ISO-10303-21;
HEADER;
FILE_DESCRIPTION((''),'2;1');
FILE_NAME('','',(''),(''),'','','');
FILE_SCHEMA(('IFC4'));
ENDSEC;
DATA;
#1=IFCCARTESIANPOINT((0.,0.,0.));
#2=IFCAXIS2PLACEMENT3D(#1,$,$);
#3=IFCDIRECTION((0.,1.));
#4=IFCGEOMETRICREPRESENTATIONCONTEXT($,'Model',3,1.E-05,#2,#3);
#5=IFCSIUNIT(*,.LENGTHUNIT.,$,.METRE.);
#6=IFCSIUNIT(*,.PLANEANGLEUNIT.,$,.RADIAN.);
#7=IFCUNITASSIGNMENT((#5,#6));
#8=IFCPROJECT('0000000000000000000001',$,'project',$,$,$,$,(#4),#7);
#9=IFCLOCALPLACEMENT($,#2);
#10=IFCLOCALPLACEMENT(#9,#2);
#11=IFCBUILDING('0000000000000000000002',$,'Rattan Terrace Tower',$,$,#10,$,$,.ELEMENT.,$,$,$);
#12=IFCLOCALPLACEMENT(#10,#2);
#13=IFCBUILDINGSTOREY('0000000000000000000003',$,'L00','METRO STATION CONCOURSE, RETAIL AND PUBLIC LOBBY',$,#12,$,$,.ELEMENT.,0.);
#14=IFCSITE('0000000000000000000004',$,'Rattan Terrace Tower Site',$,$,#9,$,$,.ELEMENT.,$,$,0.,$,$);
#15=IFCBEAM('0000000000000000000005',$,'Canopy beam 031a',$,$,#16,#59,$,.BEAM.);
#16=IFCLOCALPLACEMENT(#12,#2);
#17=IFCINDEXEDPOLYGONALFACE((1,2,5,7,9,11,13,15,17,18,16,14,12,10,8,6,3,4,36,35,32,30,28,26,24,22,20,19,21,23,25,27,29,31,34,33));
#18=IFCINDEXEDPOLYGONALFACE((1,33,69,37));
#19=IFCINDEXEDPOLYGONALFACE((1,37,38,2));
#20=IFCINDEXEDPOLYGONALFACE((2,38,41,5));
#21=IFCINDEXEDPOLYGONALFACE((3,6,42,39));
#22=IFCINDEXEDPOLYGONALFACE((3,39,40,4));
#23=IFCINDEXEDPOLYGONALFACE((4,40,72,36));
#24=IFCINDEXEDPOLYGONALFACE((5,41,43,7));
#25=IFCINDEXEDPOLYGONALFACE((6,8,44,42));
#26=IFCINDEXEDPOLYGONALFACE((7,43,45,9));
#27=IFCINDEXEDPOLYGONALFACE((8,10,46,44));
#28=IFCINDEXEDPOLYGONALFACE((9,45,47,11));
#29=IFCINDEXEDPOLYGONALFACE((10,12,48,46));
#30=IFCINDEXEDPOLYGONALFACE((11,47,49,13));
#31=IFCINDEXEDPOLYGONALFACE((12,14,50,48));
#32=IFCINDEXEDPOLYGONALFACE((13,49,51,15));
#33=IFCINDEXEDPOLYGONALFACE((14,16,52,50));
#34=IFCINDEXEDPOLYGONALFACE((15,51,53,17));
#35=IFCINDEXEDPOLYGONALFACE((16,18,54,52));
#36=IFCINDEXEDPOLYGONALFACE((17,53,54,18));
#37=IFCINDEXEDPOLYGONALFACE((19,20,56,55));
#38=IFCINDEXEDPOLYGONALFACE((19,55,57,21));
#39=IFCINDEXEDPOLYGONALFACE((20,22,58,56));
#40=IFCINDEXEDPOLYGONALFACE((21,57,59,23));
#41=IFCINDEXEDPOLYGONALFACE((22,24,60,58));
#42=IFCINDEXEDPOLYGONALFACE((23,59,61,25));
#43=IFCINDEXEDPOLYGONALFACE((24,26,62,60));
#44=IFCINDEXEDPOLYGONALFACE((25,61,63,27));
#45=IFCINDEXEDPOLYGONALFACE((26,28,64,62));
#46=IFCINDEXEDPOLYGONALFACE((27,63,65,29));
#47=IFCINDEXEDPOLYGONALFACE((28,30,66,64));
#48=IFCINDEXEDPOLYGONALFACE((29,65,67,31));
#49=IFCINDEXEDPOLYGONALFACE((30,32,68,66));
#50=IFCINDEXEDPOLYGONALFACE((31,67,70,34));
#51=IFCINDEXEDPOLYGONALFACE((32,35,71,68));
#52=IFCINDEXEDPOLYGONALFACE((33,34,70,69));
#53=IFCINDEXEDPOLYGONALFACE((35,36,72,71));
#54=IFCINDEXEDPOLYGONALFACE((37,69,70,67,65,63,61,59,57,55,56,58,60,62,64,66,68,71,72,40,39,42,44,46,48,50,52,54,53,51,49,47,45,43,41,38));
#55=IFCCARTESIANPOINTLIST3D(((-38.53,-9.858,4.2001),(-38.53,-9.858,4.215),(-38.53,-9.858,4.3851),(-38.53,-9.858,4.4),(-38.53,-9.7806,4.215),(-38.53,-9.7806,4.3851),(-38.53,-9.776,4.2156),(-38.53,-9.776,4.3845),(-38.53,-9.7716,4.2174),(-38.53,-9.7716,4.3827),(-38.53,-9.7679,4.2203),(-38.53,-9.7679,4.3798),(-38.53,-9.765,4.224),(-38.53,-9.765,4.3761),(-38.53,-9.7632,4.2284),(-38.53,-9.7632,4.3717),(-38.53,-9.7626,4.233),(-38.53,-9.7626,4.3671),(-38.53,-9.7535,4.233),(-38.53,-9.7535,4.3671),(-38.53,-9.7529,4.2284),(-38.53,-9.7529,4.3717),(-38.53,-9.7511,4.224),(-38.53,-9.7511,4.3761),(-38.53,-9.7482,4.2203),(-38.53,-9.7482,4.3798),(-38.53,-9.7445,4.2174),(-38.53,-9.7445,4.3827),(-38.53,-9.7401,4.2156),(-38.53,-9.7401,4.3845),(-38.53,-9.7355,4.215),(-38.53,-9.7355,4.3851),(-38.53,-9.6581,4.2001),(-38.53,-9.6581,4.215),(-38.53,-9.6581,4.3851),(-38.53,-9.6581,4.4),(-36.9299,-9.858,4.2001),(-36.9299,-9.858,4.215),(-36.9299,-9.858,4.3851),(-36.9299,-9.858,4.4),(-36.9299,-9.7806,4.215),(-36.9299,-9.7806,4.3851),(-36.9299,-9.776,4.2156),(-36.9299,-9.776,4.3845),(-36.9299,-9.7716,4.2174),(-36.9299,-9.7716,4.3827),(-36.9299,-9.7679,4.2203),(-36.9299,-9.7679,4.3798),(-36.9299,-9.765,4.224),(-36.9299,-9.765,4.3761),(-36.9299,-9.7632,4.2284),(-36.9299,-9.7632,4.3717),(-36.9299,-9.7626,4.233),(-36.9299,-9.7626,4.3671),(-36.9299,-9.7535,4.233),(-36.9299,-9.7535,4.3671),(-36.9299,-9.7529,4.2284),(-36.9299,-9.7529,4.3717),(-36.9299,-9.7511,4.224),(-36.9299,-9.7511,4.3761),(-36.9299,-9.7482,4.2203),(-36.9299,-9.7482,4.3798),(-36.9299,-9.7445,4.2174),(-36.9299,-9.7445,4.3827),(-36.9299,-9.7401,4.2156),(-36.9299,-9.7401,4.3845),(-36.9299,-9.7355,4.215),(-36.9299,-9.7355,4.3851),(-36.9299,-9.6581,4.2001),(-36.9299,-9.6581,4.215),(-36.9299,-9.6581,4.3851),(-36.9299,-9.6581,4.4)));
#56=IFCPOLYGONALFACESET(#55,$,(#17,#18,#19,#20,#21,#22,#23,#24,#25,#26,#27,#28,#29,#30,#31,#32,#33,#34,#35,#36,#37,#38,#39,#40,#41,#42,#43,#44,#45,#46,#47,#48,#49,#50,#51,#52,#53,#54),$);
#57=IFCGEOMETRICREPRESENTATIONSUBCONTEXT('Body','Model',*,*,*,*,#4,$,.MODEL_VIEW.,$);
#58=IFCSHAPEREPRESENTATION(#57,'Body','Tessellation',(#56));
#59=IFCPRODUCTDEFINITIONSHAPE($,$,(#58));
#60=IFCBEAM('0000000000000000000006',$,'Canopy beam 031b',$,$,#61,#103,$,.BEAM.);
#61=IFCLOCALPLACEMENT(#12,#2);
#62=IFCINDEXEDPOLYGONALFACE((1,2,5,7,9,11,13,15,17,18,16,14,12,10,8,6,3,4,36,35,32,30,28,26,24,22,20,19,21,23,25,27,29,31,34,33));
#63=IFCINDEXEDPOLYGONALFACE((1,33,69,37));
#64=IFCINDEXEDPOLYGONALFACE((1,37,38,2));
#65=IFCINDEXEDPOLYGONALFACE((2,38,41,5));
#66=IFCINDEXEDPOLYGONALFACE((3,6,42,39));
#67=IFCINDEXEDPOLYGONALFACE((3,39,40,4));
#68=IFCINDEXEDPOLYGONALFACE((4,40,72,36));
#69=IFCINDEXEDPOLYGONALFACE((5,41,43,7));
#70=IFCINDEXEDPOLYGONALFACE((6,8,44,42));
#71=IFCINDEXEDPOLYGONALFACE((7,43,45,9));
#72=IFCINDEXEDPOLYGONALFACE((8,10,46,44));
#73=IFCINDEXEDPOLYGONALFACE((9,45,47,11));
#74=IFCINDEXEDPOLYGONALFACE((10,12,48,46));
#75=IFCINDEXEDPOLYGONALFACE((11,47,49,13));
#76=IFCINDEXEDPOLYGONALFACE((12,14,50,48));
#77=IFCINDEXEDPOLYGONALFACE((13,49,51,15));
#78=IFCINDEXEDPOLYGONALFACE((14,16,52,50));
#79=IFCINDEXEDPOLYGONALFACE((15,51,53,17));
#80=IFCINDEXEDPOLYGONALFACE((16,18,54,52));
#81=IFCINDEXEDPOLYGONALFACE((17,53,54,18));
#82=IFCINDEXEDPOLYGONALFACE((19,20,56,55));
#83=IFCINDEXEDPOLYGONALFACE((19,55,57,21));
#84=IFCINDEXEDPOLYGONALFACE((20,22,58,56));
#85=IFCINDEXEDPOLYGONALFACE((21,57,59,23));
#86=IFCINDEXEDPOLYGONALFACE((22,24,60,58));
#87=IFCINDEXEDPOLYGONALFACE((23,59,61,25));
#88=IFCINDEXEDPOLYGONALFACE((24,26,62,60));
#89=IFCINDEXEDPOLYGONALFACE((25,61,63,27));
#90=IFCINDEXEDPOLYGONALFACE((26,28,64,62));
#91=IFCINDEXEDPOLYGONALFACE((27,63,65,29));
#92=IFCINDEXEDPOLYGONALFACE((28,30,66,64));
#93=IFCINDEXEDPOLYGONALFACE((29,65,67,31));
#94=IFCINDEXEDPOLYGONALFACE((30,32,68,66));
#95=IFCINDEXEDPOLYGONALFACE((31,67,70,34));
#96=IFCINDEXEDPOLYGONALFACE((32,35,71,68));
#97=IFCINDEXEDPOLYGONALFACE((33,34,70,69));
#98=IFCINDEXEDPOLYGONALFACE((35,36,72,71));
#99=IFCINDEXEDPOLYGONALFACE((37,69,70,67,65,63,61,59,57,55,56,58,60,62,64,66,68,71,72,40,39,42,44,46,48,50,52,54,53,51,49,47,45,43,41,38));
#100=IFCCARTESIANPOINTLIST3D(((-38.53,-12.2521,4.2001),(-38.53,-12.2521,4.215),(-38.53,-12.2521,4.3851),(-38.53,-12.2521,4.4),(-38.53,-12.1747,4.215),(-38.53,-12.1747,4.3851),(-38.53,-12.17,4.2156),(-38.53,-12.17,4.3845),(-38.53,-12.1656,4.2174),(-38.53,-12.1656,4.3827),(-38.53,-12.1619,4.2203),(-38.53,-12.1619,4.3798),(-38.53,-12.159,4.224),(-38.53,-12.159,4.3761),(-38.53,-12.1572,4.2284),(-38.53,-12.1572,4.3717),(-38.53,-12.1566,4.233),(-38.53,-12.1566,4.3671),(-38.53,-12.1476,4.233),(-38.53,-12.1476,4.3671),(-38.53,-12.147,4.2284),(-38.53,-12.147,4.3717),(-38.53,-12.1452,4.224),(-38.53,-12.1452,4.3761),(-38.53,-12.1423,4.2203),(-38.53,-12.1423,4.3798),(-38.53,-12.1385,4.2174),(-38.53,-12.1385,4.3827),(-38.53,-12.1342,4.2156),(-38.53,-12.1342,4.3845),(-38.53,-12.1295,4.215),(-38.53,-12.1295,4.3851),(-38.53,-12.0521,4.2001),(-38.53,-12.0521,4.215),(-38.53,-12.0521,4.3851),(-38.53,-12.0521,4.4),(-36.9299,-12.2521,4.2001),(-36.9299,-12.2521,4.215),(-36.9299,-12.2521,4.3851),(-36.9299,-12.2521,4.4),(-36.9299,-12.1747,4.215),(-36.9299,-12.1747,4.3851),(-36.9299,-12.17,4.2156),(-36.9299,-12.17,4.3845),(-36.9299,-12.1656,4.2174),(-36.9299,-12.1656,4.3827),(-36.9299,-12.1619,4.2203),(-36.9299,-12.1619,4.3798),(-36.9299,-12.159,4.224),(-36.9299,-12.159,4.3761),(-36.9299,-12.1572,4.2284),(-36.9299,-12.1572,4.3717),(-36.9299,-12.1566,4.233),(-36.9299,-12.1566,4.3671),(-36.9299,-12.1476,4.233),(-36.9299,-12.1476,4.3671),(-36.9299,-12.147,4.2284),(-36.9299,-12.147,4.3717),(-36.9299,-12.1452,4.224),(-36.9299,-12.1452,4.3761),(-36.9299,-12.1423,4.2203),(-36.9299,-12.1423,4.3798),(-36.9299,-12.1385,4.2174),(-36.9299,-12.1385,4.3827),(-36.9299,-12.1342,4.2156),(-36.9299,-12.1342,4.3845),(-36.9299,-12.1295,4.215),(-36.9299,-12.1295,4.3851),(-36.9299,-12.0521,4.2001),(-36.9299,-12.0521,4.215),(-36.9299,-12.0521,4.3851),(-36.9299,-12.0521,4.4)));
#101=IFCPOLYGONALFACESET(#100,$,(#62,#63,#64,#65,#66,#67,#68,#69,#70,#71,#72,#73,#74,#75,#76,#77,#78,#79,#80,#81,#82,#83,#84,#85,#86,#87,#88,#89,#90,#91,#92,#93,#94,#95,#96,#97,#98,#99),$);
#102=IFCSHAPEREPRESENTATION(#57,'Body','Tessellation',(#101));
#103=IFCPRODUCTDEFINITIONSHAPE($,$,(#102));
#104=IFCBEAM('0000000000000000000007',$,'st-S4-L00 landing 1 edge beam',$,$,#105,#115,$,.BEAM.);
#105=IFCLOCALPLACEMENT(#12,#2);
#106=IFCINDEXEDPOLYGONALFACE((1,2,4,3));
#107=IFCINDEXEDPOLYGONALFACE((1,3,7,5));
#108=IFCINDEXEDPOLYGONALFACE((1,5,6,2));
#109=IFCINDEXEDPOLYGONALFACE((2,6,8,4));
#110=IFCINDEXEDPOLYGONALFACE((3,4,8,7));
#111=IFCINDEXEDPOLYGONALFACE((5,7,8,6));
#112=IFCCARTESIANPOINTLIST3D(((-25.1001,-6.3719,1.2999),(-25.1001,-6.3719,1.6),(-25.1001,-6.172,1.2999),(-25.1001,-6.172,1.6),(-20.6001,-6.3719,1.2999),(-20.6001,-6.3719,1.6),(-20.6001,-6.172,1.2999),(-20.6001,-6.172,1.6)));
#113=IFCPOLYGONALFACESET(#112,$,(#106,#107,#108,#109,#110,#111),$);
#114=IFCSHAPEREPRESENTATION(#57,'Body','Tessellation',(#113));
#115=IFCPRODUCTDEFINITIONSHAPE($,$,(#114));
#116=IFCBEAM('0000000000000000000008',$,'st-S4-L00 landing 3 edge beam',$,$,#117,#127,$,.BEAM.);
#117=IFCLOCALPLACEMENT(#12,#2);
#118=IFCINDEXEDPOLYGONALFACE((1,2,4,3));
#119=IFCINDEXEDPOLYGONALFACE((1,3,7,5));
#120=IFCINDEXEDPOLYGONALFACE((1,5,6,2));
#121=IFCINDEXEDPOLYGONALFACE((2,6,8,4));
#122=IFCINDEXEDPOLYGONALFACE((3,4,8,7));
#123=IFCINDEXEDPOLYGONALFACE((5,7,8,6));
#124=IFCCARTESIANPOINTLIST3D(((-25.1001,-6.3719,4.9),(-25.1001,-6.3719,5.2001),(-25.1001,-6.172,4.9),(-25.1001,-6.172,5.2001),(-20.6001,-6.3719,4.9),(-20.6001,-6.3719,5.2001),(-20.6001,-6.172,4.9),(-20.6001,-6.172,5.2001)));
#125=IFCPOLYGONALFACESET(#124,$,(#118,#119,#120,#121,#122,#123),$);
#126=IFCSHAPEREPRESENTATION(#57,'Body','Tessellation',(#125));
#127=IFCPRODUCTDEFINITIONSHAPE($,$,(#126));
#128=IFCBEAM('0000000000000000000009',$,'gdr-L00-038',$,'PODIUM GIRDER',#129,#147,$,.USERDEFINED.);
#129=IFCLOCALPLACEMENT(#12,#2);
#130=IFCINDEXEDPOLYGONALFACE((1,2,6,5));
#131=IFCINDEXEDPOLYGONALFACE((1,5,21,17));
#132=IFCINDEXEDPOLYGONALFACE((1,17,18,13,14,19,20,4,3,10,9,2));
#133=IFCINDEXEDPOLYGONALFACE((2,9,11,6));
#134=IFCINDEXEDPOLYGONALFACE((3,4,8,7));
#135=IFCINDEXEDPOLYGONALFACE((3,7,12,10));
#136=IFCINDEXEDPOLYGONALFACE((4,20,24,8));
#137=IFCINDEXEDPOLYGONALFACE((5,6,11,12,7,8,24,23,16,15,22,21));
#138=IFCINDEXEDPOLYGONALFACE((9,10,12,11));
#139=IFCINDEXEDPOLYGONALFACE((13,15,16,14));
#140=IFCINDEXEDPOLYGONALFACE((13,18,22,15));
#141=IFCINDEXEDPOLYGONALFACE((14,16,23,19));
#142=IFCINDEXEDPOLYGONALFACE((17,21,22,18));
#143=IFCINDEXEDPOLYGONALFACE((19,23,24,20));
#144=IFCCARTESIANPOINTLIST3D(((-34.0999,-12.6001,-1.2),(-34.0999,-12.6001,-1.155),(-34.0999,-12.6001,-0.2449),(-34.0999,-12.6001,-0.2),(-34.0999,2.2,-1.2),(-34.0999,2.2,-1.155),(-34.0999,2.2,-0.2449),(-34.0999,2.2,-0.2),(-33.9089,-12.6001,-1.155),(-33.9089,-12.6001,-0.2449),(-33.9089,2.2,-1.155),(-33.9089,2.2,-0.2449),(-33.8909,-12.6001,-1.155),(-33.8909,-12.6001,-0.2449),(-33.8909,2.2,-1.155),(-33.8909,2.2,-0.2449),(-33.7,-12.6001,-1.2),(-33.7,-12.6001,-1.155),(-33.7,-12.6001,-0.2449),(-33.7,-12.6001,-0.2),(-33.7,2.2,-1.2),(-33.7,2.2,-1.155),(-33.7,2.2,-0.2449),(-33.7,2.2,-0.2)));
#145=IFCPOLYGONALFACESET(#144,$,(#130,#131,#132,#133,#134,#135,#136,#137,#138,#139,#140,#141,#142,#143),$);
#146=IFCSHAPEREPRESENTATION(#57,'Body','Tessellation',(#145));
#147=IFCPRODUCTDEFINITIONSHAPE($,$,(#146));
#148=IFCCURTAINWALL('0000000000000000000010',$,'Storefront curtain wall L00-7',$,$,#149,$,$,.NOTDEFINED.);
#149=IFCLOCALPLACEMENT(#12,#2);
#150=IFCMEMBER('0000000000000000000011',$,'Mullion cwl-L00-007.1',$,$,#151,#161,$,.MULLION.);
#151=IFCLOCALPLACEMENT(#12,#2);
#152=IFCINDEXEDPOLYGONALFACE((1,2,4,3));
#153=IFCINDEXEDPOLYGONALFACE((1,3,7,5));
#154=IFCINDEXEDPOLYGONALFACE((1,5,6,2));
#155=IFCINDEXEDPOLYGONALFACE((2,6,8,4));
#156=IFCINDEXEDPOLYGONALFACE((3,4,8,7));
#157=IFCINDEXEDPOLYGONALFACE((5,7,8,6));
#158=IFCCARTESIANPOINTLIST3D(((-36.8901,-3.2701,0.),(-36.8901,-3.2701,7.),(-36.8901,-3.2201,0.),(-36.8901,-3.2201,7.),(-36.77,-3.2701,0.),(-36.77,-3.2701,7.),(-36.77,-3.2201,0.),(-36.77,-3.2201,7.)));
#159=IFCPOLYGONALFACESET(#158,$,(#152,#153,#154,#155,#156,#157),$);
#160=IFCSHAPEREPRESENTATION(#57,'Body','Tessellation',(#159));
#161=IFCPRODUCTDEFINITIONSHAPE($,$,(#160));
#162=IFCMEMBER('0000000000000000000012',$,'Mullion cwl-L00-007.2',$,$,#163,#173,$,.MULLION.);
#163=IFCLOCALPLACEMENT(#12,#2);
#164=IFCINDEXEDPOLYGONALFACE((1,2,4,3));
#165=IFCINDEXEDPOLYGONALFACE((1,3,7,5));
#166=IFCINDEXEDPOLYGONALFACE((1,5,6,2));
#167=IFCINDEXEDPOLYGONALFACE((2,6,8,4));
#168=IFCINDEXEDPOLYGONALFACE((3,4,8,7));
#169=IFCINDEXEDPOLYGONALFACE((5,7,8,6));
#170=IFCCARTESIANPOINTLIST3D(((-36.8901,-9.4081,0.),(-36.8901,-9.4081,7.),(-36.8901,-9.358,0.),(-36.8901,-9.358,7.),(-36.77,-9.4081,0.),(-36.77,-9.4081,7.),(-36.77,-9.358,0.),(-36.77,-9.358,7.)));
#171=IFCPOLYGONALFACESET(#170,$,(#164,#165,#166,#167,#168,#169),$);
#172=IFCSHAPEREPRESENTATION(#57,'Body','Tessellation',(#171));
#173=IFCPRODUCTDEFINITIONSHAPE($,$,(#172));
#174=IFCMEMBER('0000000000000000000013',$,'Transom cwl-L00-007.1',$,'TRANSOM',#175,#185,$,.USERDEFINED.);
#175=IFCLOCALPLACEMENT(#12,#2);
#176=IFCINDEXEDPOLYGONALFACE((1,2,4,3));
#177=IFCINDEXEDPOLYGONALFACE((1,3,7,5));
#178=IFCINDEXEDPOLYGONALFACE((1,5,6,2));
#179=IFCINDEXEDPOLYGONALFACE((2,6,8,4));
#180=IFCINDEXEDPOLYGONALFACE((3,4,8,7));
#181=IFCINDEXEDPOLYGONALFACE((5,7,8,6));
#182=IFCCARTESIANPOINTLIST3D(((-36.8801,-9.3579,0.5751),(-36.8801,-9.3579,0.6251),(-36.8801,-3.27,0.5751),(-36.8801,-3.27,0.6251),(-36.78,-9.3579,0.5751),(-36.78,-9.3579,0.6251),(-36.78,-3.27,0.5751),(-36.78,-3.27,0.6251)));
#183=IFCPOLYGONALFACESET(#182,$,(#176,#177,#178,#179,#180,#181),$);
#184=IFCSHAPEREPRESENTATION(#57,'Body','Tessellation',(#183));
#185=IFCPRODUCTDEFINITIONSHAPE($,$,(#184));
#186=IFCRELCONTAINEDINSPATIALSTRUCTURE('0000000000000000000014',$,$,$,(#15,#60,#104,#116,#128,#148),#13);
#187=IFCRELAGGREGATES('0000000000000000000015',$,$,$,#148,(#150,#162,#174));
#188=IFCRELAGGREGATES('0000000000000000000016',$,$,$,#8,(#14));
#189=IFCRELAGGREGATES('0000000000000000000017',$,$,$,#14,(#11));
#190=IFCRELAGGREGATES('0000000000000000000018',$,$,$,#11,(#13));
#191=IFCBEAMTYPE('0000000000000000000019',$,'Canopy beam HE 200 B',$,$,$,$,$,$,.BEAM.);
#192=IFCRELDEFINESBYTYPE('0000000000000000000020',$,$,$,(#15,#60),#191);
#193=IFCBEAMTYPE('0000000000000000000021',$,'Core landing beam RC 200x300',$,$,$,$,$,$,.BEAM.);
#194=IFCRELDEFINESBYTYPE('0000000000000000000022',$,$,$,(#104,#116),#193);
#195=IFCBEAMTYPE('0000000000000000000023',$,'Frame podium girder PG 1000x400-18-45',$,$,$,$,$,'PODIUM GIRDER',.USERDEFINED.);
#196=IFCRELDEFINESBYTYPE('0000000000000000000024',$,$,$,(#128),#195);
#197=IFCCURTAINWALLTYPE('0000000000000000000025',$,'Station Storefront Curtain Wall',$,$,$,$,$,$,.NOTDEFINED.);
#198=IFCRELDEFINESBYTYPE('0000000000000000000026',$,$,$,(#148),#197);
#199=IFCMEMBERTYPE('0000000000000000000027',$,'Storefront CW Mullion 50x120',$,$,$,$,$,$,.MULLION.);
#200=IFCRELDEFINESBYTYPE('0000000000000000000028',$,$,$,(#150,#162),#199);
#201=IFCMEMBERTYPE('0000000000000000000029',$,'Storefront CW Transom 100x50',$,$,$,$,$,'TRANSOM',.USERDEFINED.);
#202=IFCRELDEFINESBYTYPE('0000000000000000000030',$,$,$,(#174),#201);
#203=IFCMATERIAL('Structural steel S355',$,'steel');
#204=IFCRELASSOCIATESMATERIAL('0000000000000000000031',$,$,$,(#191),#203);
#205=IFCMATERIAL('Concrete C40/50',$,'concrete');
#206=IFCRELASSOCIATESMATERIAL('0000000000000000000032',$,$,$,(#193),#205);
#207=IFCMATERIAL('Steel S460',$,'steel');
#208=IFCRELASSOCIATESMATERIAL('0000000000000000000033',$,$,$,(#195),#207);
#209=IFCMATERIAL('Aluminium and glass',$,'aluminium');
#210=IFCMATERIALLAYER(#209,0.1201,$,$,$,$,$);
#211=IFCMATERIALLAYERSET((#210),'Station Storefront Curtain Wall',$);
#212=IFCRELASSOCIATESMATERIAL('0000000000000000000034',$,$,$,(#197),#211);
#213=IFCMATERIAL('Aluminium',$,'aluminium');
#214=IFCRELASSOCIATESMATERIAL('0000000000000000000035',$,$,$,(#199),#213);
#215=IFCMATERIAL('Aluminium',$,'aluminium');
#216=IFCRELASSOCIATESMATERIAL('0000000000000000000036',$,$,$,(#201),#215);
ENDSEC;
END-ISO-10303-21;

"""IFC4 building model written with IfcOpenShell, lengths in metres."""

from ifc_helpers import new_model, si_unit, direction, frame, origin, origin_2d, place, context, subcontext, project, spatial, rectangle, i_section, extrude, material, layer, layer_set, material_profile, profile_set, type_object, element, aggregate, save


model = new_model("IFC4")

# Units and contexts
model_context = context("Model", 3, precision=1e-05, world=origin(), true_north=direction((0.0, 1.0)))
body_context = subcontext(model_context, "Body", "Model", "MODEL_VIEW")
ifc_project = project(units=[si_unit("LENGTHUNIT", "METRE"), si_unit("PLANEANGLEUNIT", "RADIAN")], contexts=[model_context])

# Site, building, storey
site_placement = place(None, origin())
site = spatial("IfcSite", under=ifc_project, at=site_placement, Name="Rattan Terrace Tower Site", CompositionType="ELEMENT", RefElevation=0.0)
building_placement = place(site_placement, origin())
building = spatial("IfcBuilding", under=site, at=building_placement, Name="Rattan Terrace Tower", CompositionType="ELEMENT")
storey_placement = place(building_placement, origin())
storey = spatial("IfcBuildingStorey", under=building, at=storey_placement, Name="L00", Description="METRO STATION CONCOURSE, RETAIL AND PUBLIC LOBBY", CompositionType="ELEMENT", Elevation=0.0)

# Beams
ifc_material_1 = material(Name="Structural steel S355", Category="steel")
ifc_material_profile_1 = material_profile(ifc_material_1, i_section(OverallWidth=0.2, OverallDepth=0.2, WebThickness=0.009, FlangeThickness=0.0149, FilletRadius=0.0181, at=origin_2d()), Name="HE 200 B")
ifc_profile_set_1 = profile_set([ifc_material_profile_1], Name="Structural steel S355")
beam_type_1 = type_object("IfcBeamType", Name="Canopy beam HE 200 B", PredefinedType="BEAM", material=ifc_profile_set_1)
for number, where, z_axis, x_axis, name in (
    (1, (-36.9299, -9.7581, 4.3), (-1.0, 0.0, 0.0), (0.0, -1.0, 0.0), "Canopy beam 031a"),
    (2, (-36.9299, -12.1521, 4.3), (-1.0, 0.0, 0.0), (0.0, -1.0, 0.0), "Canopy beam 031b"),
):
    element("IfcBeam", number, at=place(storey_placement, frame(where, z_axis=z_axis, x_axis=x_axis)), inside=storey, type_object=beam_type_1, Name=name, PredefinedType="BEAM", context=body_context, shape_type="SweptSolid", body=[
        extrude(i_section(OverallWidth=0.2, OverallDepth=0.2, WebThickness=0.009, FlangeThickness=0.0149, FilletRadius=0.0181, at=origin_2d()), origin(), (0.0, 0.0, 1.0), 1.6001),
    ])
ifc_material_2 = material(Name="Concrete C40/50", Category="concrete")
ifc_material_profile_2 = material_profile(ifc_material_2, rectangle(XDim=0.2, YDim=0.3, at=origin_2d()), Name="RC 200x300")
ifc_profile_set_2 = profile_set([ifc_material_profile_2], Name="Concrete C40/50")
beam_type_2 = type_object("IfcBeamType", Name="Core landing beam RC 200x300", PredefinedType="BEAM", material=ifc_profile_set_2)
for number, where, z_axis, x_axis, name in (
    (3, (-25.1001, -6.272, 1.45), (1.0, 0.0, 0.0), (0.0, 1.0, 0.0), "st-S4-L00 landing 1 edge beam"),
    (4, (-25.1001, -6.272, 5.05), (1.0, 0.0, 0.0), (0.0, 1.0, 0.0), "st-S4-L00 landing 3 edge beam"),
):
    element("IfcBeam", number, at=place(storey_placement, frame(where, z_axis=z_axis, x_axis=x_axis)), inside=storey, type_object=beam_type_2, Name=name, PredefinedType="BEAM", context=body_context, shape_type="SweptSolid", body=[
        extrude(rectangle(XDim=0.2, YDim=0.3, at=origin_2d()), origin(), (0.0, 0.0, 1.0), 4.5),
    ])
ifc_material_3 = material(Name="Steel S460", Category="steel")
ifc_material_profile_3 = material_profile(ifc_material_3, i_section(OverallWidth=0.3999, OverallDepth=1.0, WebThickness=0.0181, FlangeThickness=0.0449, at=origin_2d()), Name="PG 1000x400-18-45")
ifc_profile_set_3 = profile_set([ifc_material_profile_3], Name="Steel S460")
beam_type_3 = type_object("IfcBeamType", Name="Frame podium girder PG 1000x400-18-45", ElementType="PODIUM GIRDER", PredefinedType="USERDEFINED", material=ifc_profile_set_3)
beam_placement = place(storey_placement, frame((-33.8999, -12.6001, -0.7), z_axis=(0.0, 1.0, 0.0), x_axis=(-1.0, 0.0, 0.0)))
element("IfcBeam", 5, at=beam_placement, inside=storey, type_object=beam_type_3, Name="gdr-L00-038", ObjectType="PODIUM GIRDER", PredefinedType="USERDEFINED", context=body_context, shape_type="SweptSolid", body=[
    extrude(i_section(OverallWidth=0.3999, OverallDepth=1.0, WebThickness=0.0181, FlangeThickness=0.0449, at=origin_2d()), origin(), (0.0, 0.0, 1.0), 14.8),
])

# Curtain wall, members
ifc_material_4 = material(Name="Aluminium and glass", Category="aluminium")
ifc_layer_1 = layer(ifc_material_4, 0.1201)
ifc_layer_set_1 = layer_set([ifc_layer_1], Name="Station Storefront Curtain Wall")
curtain_wall_type = type_object("IfcCurtainWallType", Name="Station Storefront Curtain Wall", PredefinedType="NOTDEFINED", material=ifc_layer_set_1)
curtain_wall_placement = place(storey_placement, origin())
curtain_wall = element("IfcCurtainWall", 6, at=curtain_wall_placement, inside=storey, type_object=curtain_wall_type, Name="Storefront curtain wall L00-7", PredefinedType="NOTDEFINED")
ifc_material_5 = material(Name="Aluminium", Category="aluminium")
ifc_material_profile_4 = material_profile(ifc_material_5, rectangle(XDim=0.05, YDim=0.1201, at=origin_2d()), Name="Aluminium 50x120")
ifc_profile_set_4 = profile_set([ifc_material_profile_4], Name="Aluminium")
member_type_1 = type_object("IfcMemberType", Name="Storefront CW Mullion 50x120", PredefinedType="MULLION", material=ifc_profile_set_4)
member_1_placement = place(storey_placement, frame((-36.8301, -3.2451, 0.0), z_axis=(0.0, 0.0, 1.0), x_axis=(0.0, -1.0, 0.0)))
member_1 = element("IfcMember", 7, at=member_1_placement, type_object=member_type_1, Name="Mullion cwl-L00-007.1", PredefinedType="MULLION", context=body_context, shape_type="SweptSolid", body=[
    extrude(rectangle(XDim=0.05, YDim=0.1201, at=origin_2d()), origin(), (0.0, 0.0, 1.0), 7.0),
])
member_2_placement = place(storey_placement, frame((-36.8301, -9.3831, 0.0), z_axis=(0.0, 0.0, 1.0), x_axis=(0.0, -1.0, 0.0)))
member_2 = element("IfcMember", 8, at=member_2_placement, type_object=member_type_1, Name="Mullion cwl-L00-007.2", PredefinedType="MULLION", context=body_context, shape_type="SweptSolid", body=[
    extrude(rectangle(XDim=0.05, YDim=0.1201, at=origin_2d()), origin(), (0.0, 0.0, 1.0), 7.0),
])
ifc_material_6 = material(Name="Aluminium", Category="aluminium")
ifc_material_profile_5 = material_profile(ifc_material_6, rectangle(XDim=0.1001, YDim=0.05, at=origin_2d()), Name="Aluminium 100x50")
ifc_profile_set_5 = profile_set([ifc_material_profile_5], Name="Aluminium")
member_type_2 = type_object("IfcMemberType", Name="Storefront CW Transom 100x50", ElementType="TRANSOM", PredefinedType="USERDEFINED", material=ifc_profile_set_5)
member_3_placement = place(storey_placement, frame((-36.8301, -3.27, 0.6001), z_axis=(0.0, -1.0, 0.0), x_axis=(1.0, 0.0, 0.0)))
member_3 = element("IfcMember", 9, at=member_3_placement, type_object=member_type_2, Name="Transom cwl-L00-007.1", ObjectType="TRANSOM", PredefinedType="USERDEFINED", context=body_context, shape_type="SweptSolid", body=[
    extrude(rectangle(XDim=0.1001, YDim=0.05, at=origin_2d()), origin(), (0.0, 0.0, 1.0), 6.0879),
])
aggregate(curtain_wall, [member_1, member_2, member_3])

save(model, "model.ifc")
